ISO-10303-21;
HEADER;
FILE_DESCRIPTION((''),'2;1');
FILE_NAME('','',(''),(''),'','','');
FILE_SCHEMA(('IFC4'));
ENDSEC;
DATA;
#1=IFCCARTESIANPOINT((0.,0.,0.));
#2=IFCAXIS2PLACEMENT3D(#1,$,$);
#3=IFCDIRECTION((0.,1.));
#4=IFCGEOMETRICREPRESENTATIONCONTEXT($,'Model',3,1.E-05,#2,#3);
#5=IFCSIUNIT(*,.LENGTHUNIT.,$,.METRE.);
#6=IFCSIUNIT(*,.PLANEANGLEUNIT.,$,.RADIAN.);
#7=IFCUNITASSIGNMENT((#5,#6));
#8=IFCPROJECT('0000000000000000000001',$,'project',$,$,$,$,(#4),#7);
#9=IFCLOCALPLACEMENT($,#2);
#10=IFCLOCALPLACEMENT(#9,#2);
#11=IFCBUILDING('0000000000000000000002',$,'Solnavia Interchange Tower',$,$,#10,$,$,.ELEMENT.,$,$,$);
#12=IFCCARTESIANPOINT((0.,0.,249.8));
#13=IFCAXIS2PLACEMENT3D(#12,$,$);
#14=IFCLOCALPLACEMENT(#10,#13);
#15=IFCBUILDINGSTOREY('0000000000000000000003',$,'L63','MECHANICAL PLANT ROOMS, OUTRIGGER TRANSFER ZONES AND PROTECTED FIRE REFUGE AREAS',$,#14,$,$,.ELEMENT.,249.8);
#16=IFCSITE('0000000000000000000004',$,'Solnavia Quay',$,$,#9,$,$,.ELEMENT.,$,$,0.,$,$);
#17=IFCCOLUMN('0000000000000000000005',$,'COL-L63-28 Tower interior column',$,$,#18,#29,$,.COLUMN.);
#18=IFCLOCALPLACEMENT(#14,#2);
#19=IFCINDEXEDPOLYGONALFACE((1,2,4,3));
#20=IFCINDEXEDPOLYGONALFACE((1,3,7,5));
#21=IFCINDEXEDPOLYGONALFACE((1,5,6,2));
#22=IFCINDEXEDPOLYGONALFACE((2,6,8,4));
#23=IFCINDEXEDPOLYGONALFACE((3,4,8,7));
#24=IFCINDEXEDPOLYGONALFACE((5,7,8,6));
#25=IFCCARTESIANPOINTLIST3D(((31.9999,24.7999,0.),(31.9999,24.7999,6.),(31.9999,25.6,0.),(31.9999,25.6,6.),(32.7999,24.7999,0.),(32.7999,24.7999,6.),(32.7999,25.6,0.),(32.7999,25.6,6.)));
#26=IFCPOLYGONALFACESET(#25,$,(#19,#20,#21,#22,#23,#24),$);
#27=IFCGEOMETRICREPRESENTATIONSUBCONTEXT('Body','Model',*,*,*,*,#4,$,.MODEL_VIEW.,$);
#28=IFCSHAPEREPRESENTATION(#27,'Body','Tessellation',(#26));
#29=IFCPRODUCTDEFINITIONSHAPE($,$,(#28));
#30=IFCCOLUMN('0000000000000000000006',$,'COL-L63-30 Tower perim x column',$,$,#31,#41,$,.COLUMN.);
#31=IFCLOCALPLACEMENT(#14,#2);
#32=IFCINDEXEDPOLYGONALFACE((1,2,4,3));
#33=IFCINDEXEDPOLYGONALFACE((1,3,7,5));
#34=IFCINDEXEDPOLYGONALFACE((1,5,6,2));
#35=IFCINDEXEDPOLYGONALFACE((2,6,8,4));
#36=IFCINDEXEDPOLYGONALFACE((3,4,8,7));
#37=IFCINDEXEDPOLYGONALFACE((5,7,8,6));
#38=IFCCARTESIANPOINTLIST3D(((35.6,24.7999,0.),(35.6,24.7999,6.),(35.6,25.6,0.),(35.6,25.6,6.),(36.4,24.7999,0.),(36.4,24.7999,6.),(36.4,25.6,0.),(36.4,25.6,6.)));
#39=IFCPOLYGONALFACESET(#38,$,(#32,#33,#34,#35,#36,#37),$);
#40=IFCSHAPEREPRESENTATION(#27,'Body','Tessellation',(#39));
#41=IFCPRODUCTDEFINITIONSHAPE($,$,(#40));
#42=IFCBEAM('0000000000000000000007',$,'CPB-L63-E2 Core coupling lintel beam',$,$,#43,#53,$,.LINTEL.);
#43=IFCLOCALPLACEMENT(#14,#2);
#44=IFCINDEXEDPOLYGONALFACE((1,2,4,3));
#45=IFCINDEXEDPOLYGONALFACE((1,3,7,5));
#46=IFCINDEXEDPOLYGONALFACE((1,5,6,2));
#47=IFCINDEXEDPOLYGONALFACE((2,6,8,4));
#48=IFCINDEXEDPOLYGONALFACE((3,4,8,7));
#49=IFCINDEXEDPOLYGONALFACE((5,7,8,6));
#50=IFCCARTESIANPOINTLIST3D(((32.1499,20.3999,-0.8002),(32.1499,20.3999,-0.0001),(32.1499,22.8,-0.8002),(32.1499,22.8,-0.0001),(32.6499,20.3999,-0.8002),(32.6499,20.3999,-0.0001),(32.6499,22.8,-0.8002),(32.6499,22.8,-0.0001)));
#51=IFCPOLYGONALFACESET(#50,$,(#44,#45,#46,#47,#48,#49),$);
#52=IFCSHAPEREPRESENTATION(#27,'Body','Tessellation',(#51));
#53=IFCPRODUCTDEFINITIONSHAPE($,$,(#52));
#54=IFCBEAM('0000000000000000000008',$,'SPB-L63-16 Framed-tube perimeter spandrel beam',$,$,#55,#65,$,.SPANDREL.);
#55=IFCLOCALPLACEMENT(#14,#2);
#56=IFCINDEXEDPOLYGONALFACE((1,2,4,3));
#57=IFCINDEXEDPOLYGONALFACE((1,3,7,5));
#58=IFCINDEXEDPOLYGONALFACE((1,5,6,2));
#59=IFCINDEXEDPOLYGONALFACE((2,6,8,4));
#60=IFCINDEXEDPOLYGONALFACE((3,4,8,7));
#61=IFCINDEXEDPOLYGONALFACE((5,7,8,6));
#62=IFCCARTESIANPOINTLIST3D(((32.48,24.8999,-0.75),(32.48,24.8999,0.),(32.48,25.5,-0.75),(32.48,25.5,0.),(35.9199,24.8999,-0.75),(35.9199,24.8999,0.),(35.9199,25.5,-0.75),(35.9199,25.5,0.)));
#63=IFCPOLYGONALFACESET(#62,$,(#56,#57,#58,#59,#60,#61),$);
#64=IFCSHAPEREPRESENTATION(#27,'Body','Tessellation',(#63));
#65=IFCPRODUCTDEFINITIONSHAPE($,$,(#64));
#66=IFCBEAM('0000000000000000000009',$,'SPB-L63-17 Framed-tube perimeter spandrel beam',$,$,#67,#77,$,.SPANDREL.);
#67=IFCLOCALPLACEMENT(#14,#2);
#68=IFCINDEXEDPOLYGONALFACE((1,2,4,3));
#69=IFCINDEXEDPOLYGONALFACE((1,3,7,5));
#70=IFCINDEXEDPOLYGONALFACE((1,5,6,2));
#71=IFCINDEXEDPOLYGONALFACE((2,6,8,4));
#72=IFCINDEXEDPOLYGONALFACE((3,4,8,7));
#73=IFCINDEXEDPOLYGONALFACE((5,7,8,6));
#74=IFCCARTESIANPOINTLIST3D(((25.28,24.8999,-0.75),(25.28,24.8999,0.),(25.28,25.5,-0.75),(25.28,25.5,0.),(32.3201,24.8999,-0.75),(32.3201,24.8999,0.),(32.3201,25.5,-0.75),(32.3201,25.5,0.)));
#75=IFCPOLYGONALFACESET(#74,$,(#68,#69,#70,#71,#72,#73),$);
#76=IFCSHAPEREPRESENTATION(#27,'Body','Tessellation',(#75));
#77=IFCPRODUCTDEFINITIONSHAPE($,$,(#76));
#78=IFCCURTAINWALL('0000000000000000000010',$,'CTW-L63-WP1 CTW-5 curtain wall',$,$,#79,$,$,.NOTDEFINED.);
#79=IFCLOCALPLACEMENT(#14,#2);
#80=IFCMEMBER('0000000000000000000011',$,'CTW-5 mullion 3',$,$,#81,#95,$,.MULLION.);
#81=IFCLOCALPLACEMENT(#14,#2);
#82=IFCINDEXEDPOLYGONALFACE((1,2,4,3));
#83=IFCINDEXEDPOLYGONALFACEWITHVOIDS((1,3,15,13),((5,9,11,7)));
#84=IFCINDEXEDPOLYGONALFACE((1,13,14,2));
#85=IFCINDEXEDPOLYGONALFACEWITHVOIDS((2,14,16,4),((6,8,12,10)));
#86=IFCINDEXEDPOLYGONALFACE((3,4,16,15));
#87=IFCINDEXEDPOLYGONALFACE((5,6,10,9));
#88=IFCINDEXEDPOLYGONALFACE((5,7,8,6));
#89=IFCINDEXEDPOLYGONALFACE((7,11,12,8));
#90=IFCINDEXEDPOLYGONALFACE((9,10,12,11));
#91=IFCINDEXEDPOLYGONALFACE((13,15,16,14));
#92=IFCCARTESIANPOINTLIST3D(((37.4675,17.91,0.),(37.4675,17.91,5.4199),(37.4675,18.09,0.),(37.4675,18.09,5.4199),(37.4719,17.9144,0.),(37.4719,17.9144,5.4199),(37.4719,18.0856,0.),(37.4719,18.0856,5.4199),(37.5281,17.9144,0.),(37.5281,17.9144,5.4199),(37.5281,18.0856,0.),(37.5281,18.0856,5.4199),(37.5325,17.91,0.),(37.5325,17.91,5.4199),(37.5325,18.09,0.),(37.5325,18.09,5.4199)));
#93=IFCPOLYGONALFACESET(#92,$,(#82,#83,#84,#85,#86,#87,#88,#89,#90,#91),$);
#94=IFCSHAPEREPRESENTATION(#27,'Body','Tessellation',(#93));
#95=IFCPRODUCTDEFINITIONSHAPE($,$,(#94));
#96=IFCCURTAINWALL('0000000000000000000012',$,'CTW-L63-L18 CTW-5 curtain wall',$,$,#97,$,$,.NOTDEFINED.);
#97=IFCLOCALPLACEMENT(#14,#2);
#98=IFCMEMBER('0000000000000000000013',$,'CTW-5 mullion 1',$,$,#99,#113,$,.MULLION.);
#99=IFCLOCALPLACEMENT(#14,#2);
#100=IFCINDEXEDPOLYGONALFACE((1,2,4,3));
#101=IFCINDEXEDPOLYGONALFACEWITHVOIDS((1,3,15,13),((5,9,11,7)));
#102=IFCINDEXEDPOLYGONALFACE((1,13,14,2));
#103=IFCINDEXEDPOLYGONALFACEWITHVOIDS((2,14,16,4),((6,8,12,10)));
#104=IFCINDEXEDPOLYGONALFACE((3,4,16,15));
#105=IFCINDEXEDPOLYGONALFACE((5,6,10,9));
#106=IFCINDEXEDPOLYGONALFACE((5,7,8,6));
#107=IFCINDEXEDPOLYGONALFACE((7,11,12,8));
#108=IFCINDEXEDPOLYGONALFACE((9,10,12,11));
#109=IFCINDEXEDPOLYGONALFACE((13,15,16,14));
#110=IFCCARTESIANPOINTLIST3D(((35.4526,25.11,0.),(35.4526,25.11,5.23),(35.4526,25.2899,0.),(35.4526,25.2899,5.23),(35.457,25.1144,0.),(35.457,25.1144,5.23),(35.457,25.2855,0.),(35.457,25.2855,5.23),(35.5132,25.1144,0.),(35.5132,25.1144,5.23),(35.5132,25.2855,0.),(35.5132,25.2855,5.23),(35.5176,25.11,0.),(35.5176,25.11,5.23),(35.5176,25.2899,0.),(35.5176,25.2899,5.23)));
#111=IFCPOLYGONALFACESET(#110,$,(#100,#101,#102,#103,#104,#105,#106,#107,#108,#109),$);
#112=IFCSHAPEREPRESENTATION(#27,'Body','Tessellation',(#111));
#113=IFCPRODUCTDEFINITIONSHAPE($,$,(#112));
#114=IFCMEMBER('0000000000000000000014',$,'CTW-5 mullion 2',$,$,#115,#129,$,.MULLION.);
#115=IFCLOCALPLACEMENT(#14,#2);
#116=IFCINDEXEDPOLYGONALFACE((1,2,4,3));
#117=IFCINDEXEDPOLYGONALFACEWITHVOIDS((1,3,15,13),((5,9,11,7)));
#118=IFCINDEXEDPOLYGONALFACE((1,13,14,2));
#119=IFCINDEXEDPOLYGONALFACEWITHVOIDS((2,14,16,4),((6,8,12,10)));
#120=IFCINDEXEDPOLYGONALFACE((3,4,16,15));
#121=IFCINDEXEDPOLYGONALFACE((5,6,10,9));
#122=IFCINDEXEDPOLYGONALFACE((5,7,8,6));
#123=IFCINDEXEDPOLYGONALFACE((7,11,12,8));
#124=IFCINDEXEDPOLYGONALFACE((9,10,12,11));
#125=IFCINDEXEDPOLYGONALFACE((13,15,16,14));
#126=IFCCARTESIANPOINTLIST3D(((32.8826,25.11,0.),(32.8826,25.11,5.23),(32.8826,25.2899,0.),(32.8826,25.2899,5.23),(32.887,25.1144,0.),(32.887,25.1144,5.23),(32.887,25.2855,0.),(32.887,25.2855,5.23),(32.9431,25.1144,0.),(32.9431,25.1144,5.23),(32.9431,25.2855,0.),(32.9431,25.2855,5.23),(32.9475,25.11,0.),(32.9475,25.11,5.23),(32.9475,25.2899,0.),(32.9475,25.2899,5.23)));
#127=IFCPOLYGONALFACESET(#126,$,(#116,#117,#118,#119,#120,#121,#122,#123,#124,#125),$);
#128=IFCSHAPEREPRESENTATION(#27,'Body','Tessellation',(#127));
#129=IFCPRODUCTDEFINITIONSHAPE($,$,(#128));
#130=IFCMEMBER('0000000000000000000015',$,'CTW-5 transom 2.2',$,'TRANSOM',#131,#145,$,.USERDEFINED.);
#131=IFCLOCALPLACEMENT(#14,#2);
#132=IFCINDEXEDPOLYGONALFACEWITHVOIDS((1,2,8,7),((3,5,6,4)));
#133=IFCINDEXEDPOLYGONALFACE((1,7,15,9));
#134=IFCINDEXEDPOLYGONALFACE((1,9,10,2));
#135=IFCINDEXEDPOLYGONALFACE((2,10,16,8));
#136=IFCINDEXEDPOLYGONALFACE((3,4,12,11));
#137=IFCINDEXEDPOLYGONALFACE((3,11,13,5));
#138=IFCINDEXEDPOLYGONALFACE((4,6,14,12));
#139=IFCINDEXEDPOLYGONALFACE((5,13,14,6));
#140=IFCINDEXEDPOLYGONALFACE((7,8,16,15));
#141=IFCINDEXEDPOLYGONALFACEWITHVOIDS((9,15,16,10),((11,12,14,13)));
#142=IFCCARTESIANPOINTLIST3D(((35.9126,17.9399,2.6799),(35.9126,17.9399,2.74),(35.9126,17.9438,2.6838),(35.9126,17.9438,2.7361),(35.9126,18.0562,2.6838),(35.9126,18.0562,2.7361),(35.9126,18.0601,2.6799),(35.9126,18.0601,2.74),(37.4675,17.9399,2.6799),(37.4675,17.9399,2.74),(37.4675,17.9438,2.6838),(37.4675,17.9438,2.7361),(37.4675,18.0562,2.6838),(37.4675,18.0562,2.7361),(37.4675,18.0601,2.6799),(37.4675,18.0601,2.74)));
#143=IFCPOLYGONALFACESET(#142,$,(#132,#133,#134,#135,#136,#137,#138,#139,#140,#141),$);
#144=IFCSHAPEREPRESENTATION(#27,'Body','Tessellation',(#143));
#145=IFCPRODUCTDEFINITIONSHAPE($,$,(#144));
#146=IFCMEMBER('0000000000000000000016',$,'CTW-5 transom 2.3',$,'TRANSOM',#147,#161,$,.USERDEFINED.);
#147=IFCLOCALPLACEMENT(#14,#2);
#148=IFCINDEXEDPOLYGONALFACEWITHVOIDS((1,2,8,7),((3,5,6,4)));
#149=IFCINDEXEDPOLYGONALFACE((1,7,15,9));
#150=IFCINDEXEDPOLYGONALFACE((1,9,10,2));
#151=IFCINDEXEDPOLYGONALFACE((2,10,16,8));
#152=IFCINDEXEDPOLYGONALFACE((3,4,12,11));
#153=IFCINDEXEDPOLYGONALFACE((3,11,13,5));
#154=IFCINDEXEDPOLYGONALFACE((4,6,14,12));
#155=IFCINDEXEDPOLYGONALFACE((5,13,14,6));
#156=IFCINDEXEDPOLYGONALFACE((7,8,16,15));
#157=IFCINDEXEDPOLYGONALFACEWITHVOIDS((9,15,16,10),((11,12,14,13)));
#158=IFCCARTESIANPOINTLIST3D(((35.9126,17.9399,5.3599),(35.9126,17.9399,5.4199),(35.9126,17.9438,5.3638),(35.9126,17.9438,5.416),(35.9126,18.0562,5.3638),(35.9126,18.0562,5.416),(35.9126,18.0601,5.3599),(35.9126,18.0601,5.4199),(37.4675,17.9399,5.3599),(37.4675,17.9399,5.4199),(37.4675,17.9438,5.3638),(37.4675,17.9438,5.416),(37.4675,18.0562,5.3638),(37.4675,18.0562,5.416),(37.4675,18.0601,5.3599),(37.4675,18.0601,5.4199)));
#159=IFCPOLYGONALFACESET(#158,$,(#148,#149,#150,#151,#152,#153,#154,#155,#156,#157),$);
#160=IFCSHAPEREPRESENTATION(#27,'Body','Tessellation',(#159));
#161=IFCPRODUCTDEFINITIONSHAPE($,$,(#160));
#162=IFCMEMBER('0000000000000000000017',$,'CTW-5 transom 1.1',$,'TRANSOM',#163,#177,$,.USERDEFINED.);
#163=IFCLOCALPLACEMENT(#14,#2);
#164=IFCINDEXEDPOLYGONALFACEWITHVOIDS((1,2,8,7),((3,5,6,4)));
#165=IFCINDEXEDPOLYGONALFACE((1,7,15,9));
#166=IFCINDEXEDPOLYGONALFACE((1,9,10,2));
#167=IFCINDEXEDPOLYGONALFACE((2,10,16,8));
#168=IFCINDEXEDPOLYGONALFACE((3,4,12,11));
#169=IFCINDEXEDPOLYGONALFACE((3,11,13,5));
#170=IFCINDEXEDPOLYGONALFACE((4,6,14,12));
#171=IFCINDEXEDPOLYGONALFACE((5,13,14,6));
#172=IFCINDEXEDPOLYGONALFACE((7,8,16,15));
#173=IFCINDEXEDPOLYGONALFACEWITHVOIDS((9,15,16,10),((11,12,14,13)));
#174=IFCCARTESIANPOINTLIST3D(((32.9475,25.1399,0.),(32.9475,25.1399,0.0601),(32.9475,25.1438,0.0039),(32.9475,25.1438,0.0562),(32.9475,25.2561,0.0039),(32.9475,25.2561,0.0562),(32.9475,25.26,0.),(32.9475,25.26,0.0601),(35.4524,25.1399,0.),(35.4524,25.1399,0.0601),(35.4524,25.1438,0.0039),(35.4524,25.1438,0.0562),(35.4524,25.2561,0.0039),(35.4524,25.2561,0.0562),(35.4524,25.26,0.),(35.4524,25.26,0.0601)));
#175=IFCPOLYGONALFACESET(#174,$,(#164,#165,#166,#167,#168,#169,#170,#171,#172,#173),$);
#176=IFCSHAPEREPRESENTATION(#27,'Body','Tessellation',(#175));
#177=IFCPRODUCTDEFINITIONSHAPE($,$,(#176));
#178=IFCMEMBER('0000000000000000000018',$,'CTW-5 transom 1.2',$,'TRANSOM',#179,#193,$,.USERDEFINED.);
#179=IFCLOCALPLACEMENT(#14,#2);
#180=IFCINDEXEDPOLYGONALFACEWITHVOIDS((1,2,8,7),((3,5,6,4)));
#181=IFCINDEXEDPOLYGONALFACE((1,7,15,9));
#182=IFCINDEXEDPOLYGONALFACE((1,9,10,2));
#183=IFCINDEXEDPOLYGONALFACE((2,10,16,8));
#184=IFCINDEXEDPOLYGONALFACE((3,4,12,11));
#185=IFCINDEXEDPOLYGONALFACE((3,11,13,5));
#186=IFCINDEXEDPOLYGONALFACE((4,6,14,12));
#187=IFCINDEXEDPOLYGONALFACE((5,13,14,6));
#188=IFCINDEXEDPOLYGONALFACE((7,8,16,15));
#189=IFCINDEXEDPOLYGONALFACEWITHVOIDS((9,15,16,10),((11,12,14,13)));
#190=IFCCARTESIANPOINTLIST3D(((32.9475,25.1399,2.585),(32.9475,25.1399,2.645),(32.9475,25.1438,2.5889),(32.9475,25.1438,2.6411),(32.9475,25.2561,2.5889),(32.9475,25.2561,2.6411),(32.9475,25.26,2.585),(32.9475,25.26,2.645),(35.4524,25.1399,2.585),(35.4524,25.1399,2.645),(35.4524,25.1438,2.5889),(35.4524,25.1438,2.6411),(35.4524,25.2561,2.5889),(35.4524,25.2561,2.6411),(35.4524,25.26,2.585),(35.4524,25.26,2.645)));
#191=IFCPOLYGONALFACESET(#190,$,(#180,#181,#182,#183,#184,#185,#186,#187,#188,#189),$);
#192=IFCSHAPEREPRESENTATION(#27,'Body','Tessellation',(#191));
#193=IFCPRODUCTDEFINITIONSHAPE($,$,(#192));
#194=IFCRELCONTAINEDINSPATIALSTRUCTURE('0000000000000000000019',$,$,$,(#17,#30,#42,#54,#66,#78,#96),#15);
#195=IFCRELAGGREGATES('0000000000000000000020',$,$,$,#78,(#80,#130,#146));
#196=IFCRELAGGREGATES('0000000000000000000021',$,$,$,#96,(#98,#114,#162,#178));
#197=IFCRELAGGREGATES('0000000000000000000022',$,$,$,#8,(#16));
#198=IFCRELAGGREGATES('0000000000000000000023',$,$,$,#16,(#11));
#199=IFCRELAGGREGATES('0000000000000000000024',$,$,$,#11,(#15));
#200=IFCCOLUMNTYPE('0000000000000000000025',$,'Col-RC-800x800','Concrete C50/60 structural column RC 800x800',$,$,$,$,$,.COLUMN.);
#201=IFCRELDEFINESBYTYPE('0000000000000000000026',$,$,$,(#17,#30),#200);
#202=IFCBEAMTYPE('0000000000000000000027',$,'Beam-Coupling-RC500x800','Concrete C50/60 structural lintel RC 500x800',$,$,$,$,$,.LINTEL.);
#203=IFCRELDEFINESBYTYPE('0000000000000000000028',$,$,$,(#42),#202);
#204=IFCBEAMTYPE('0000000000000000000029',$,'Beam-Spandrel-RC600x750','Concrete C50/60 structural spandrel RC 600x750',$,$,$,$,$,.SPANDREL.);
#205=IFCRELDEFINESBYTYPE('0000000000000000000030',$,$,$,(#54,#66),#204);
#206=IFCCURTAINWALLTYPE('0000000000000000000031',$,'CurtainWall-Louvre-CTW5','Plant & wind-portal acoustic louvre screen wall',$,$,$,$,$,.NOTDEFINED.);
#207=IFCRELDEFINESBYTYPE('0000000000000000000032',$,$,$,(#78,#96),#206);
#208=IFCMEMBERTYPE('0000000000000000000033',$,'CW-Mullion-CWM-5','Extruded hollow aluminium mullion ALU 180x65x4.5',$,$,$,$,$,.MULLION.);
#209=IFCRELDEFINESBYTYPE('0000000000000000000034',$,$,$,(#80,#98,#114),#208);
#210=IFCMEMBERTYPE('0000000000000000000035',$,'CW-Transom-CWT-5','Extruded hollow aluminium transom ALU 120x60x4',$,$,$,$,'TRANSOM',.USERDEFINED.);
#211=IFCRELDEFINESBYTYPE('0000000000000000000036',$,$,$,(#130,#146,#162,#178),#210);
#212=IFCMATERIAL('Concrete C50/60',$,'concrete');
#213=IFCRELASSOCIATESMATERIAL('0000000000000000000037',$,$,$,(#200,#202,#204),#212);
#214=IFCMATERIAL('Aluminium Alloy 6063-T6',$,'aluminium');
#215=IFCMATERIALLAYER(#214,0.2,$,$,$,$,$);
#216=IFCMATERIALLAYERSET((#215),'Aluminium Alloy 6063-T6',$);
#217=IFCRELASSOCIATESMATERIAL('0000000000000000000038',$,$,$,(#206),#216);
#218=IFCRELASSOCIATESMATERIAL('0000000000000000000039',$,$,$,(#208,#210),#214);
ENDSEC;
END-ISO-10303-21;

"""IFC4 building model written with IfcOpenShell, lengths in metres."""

from ifc_helpers import new_model, si_unit, direction, frame, origin, origin_2d, place, context, subcontext, project, spatial, rectangle, hollow_rectangle, extrude, material, layer, layer_set, material_profile, profile_set, type_object, element, aggregate, save


model = new_model("IFC4")

# Units and contexts
model_context = context("Model", 3, precision=1e-05, world=origin(), true_north=direction((0.0, 1.0)))
body_context = subcontext(model_context, "Body", "Model", "MODEL_VIEW")
ifc_project = project(units=[si_unit("LENGTHUNIT", "METRE"), si_unit("PLANEANGLEUNIT", "RADIAN")], contexts=[model_context])

# Site, building, storey
site_placement = place(None, origin())
site = spatial("IfcSite", under=ifc_project, at=site_placement, Name="Solnavia Quay", CompositionType="ELEMENT", RefElevation=0.0)
building_placement = place(site_placement, origin())
building = spatial("IfcBuilding", under=site, at=building_placement, Name="Solnavia Interchange Tower", CompositionType="ELEMENT")
storey_placement = place(building_placement, frame((0.0, 0.0, 249.8)))
storey = spatial("IfcBuildingStorey", under=building, at=storey_placement, Name="L63", Description="MECHANICAL PLANT ROOMS, OUTRIGGER TRANSFER ZONES AND PROTECTED FIRE REFUGE AREAS", CompositionType="ELEMENT", Elevation=249.8)

# Columns
ifc_material_1 = material(Name="Concrete C50/60", Category="concrete")
ifc_material_profile_1 = material_profile(ifc_material_1, rectangle(XDim=0.8, YDim=0.8, at=origin_2d()), Name="RC 800x800")
ifc_profile_set_1 = profile_set([ifc_material_profile_1], Name="Concrete C50/60")
column_type = type_object("IfcColumnType", Name="Col-RC-800x800", Description="Concrete C50/60 structural column RC 800x800", PredefinedType="COLUMN", material=ifc_profile_set_1)
for number, where, z_axis, x_axis, name in (
    (1, (32.3999, 25.2, 0.0), (0.0, 0.0, 1.0), (1.0, 0.0, 0.0), "COL-L63-28 Tower interior column"),
    (2, (36.0, 25.2, 0.0), (0.0, 0.0, 1.0), (1.0, 0.0, 0.0), "COL-L63-30 Tower perim x column"),
):
    element("IfcColumn", number, at=place(storey_placement, frame(where, z_axis=z_axis, x_axis=x_axis)), inside=storey, type_object=column_type, Name=name, PredefinedType="COLUMN", context=body_context, shape_type="SweptSolid", body=[
        extrude(rectangle(XDim=0.8, YDim=0.8, at=origin_2d()), origin(), (0.0, 0.0, 1.0), 6.0),
    ])

# Beams
ifc_material_profile_2 = material_profile(ifc_material_1, rectangle(XDim=0.5, YDim=0.8, at=origin_2d()), Name="RC 500x800")
ifc_profile_set_2 = profile_set([ifc_material_profile_2], Name="Concrete C50/60")
beam_type_1 = type_object("IfcBeamType", Name="Beam-Coupling-RC500x800", Description="Concrete C50/60 structural lintel RC 500x800", PredefinedType="LINTEL", material=ifc_profile_set_2)
beam_1_placement = place(storey_placement, frame((32.3999, 20.3999, -0.4001), z_axis=(0.0, 1.0, 0.0), x_axis=(-1.0, 0.0, 0.0)))
element("IfcBeam", 3, at=beam_1_placement, inside=storey, type_object=beam_type_1, Name="CPB-L63-E2 Core coupling lintel beam", PredefinedType="LINTEL", context=body_context, shape_type="SweptSolid", body=[
    extrude(rectangle(XDim=0.5, YDim=0.8, at=origin_2d()), origin(), (0.0, 0.0, 1.0), 2.4001),
])
ifc_material_profile_3 = material_profile(ifc_material_1, rectangle(XDim=0.6001, YDim=0.75, at=origin_2d()), Name="RC 600x750")
ifc_profile_set_3 = profile_set([ifc_material_profile_3], Name="Concrete C50/60")
beam_type_2 = type_object("IfcBeamType", Name="Beam-Spandrel-RC600x750", Description="Concrete C50/60 structural spandrel RC 600x750", PredefinedType="SPANDREL", material=ifc_profile_set_3)
beam_2_placement = place(storey_placement, frame((35.9199, 25.2, -0.375), z_axis=(-1.0, 0.0, 0.0), x_axis=(0.0, -1.0, 0.0)))
element("IfcBeam", 4, at=beam_2_placement, inside=storey, type_object=beam_type_2, Name="SPB-L63-16 Framed-tube perimeter spandrel beam", PredefinedType="SPANDREL", context=body_context, shape_type="SweptSolid", body=[
    extrude(rectangle(XDim=0.6001, YDim=0.75, at=origin_2d()), origin(), (0.0, 0.0, 1.0), 3.4399),
])
beam_3_placement = place(storey_placement, frame((32.3201, 25.2, -0.375), z_axis=(-1.0, 0.0, 0.0), x_axis=(0.0, -1.0, 0.0)))
element("IfcBeam", 5, at=beam_3_placement, inside=storey, type_object=beam_type_2, Name="SPB-L63-17 Framed-tube perimeter spandrel beam", PredefinedType="SPANDREL", context=body_context, shape_type="SweptSolid", body=[
    extrude(rectangle(XDim=0.6001, YDim=0.75, at=origin_2d()), origin(), (0.0, 0.0, 1.0), 7.04),
])

# Curtain wall, member
ifc_material_2 = material(Name="Aluminium Alloy 6063-T6", Category="aluminium")
ifc_layer_1 = layer(ifc_material_2, 0.2)
ifc_layer_set_1 = layer_set([ifc_layer_1], Name="Aluminium Alloy 6063-T6")
curtain_wall_type = type_object("IfcCurtainWallType", Name="CurtainWall-Louvre-CTW5", Description="Plant & wind-portal acoustic louvre screen wall", PredefinedType="NOTDEFINED", material=ifc_layer_set_1)
curtain_wall_1_placement = place(storey_placement, origin())
curtain_wall_1 = element("IfcCurtainWall", 6, at=curtain_wall_1_placement, inside=storey, type_object=curtain_wall_type, Name="CTW-L63-WP1 CTW-5 curtain wall", PredefinedType="NOTDEFINED")
ifc_material_profile_4 = material_profile(ifc_material_2, hollow_rectangle(XDim=0.0649, YDim=0.1799, WallThickness=0.0044, at=origin_2d()), Name="ALU 180x65x4.5")
ifc_profile_set_4 = profile_set([ifc_material_profile_4], Name="Aluminium Alloy 6063-T6")
member_type_1 = type_object("IfcMemberType", Name="CW-Mullion-CWM-5", Description="Extruded hollow aluminium mullion ALU 180x65x4.5", PredefinedType="MULLION", material=ifc_profile_set_4)
member_1_placement = place(storey_placement, frame((37.5, 18.0, 0.0), z_axis=(0.0, 0.0, 1.0), x_axis=(1.0, 0.0, 0.0)))
member_1 = element("IfcMember", 7, at=member_1_placement, type_object=member_type_1, Name="CTW-5 mullion 3", PredefinedType="MULLION", context=body_context, shape_type="SweptSolid", body=[
    extrude(hollow_rectangle(XDim=0.0649, YDim=0.1799, WallThickness=0.0044, at=origin_2d()), origin(), (0.0, 0.0, 1.0), 5.4199),
])

# Curtain wall, members
curtain_wall_2_placement = place(storey_placement, origin())
curtain_wall_2 = element("IfcCurtainWall", 8, at=curtain_wall_2_placement, inside=storey, type_object=curtain_wall_type, Name="CTW-L63-L18 CTW-5 curtain wall", PredefinedType="NOTDEFINED")
member_2_placement = place(storey_placement, frame((35.4851, 25.2, 0.0), z_axis=(0.0, 0.0, 1.0), x_axis=(-1.0, 0.0, 0.0)))
member_2 = element("IfcMember", 9, at=member_2_placement, type_object=member_type_1, Name="CTW-5 mullion 1", PredefinedType="MULLION", context=body_context, shape_type="SweptSolid", body=[
    extrude(hollow_rectangle(XDim=0.0649, YDim=0.1799, WallThickness=0.0044, at=origin_2d()), origin(), (0.0, 0.0, 1.0), 5.23),
])
member_3_placement = place(storey_placement, frame((32.915, 25.2, 0.0), z_axis=(0.0, 0.0, 1.0), x_axis=(-1.0, 0.0, 0.0)))
member_3 = element("IfcMember", 10, at=member_3_placement, type_object=member_type_1, Name="CTW-5 mullion 2", PredefinedType="MULLION", context=body_context, shape_type="SweptSolid", body=[
    extrude(hollow_rectangle(XDim=0.0649, YDim=0.1799, WallThickness=0.0044, at=origin_2d()), origin(), (0.0, 0.0, 1.0), 5.23),
])

# Members
ifc_material_profile_5 = material_profile(ifc_material_2, hollow_rectangle(XDim=0.0601, YDim=0.1201, WallThickness=0.0039, at=origin_2d()), Name="ALU 120x60x4")
ifc_profile_set_5 = profile_set([ifc_material_profile_5], Name="Aluminium Alloy 6063-T6")
member_type_2 = type_object("IfcMemberType", Name="CW-Transom-CWT-5", Description="Extruded hollow aluminium transom ALU 120x60x4", ElementType="TRANSOM", PredefinedType="USERDEFINED", material=ifc_profile_set_5)
member_4_placement = place(storey_placement, frame((35.9126, 18.0, 2.71), z_axis=(1.0, 0.0, 0.0), x_axis=(0.0, 0.0, 1.0)))
member_4 = element("IfcMember", 11, at=member_4_placement, type_object=member_type_2, Name="CTW-5 transom 2.2", ObjectType="TRANSOM", PredefinedType="USERDEFINED", context=body_context, shape_type="SweptSolid", body=[
    extrude(hollow_rectangle(XDim=0.0601, YDim=0.1201, WallThickness=0.0039, at=origin_2d()), origin(), (0.0, 0.0, 1.0), 1.5549),
])
member_5_placement = place(storey_placement, frame((35.9126, 18.0, 5.3899), z_axis=(1.0, 0.0, 0.0), x_axis=(0.0, 0.0, 1.0)))
member_5 = element("IfcMember", 12, at=member_5_placement, type_object=member_type_2, Name="CTW-5 transom 2.3", ObjectType="TRANSOM", PredefinedType="USERDEFINED", context=body_context, shape_type="SweptSolid", body=[
    extrude(hollow_rectangle(XDim=0.0601, YDim=0.1201, WallThickness=0.0039, at=origin_2d()), origin(), (0.0, 0.0, 1.0), 1.5549),
])
member_6_placement = place(storey_placement, frame((35.4524, 25.2, 0.03), z_axis=(-1.0, 0.0, 0.0), x_axis=(0.0, 0.0, 1.0)))
member_6 = element("IfcMember", 13, at=member_6_placement, type_object=member_type_2, Name="CTW-5 transom 1.1", ObjectType="TRANSOM", PredefinedType="USERDEFINED", context=body_context, shape_type="SweptSolid", body=[
    extrude(hollow_rectangle(XDim=0.0601, YDim=0.1201, WallThickness=0.0039, at=origin_2d()), origin(), (0.0, 0.0, 1.0), 2.5049),
])
member_7_placement = place(storey_placement, frame((35.4524, 25.2, 2.615), z_axis=(-1.0, 0.0, 0.0), x_axis=(0.0, 0.0, 1.0)))
member_7 = element("IfcMember", 14, at=member_7_placement, type_object=member_type_2, Name="CTW-5 transom 1.2", ObjectType="TRANSOM", PredefinedType="USERDEFINED", context=body_context, shape_type="SweptSolid", body=[
    extrude(hollow_rectangle(XDim=0.0601, YDim=0.1201, WallThickness=0.0039, at=origin_2d()), origin(), (0.0, 0.0, 1.0), 2.5049),
])

aggregate(curtain_wall_1, [member_1, member_4, member_5])
aggregate(curtain_wall_2, [member_2, member_3, member_6, member_7])

save(model, "model.ifc")
